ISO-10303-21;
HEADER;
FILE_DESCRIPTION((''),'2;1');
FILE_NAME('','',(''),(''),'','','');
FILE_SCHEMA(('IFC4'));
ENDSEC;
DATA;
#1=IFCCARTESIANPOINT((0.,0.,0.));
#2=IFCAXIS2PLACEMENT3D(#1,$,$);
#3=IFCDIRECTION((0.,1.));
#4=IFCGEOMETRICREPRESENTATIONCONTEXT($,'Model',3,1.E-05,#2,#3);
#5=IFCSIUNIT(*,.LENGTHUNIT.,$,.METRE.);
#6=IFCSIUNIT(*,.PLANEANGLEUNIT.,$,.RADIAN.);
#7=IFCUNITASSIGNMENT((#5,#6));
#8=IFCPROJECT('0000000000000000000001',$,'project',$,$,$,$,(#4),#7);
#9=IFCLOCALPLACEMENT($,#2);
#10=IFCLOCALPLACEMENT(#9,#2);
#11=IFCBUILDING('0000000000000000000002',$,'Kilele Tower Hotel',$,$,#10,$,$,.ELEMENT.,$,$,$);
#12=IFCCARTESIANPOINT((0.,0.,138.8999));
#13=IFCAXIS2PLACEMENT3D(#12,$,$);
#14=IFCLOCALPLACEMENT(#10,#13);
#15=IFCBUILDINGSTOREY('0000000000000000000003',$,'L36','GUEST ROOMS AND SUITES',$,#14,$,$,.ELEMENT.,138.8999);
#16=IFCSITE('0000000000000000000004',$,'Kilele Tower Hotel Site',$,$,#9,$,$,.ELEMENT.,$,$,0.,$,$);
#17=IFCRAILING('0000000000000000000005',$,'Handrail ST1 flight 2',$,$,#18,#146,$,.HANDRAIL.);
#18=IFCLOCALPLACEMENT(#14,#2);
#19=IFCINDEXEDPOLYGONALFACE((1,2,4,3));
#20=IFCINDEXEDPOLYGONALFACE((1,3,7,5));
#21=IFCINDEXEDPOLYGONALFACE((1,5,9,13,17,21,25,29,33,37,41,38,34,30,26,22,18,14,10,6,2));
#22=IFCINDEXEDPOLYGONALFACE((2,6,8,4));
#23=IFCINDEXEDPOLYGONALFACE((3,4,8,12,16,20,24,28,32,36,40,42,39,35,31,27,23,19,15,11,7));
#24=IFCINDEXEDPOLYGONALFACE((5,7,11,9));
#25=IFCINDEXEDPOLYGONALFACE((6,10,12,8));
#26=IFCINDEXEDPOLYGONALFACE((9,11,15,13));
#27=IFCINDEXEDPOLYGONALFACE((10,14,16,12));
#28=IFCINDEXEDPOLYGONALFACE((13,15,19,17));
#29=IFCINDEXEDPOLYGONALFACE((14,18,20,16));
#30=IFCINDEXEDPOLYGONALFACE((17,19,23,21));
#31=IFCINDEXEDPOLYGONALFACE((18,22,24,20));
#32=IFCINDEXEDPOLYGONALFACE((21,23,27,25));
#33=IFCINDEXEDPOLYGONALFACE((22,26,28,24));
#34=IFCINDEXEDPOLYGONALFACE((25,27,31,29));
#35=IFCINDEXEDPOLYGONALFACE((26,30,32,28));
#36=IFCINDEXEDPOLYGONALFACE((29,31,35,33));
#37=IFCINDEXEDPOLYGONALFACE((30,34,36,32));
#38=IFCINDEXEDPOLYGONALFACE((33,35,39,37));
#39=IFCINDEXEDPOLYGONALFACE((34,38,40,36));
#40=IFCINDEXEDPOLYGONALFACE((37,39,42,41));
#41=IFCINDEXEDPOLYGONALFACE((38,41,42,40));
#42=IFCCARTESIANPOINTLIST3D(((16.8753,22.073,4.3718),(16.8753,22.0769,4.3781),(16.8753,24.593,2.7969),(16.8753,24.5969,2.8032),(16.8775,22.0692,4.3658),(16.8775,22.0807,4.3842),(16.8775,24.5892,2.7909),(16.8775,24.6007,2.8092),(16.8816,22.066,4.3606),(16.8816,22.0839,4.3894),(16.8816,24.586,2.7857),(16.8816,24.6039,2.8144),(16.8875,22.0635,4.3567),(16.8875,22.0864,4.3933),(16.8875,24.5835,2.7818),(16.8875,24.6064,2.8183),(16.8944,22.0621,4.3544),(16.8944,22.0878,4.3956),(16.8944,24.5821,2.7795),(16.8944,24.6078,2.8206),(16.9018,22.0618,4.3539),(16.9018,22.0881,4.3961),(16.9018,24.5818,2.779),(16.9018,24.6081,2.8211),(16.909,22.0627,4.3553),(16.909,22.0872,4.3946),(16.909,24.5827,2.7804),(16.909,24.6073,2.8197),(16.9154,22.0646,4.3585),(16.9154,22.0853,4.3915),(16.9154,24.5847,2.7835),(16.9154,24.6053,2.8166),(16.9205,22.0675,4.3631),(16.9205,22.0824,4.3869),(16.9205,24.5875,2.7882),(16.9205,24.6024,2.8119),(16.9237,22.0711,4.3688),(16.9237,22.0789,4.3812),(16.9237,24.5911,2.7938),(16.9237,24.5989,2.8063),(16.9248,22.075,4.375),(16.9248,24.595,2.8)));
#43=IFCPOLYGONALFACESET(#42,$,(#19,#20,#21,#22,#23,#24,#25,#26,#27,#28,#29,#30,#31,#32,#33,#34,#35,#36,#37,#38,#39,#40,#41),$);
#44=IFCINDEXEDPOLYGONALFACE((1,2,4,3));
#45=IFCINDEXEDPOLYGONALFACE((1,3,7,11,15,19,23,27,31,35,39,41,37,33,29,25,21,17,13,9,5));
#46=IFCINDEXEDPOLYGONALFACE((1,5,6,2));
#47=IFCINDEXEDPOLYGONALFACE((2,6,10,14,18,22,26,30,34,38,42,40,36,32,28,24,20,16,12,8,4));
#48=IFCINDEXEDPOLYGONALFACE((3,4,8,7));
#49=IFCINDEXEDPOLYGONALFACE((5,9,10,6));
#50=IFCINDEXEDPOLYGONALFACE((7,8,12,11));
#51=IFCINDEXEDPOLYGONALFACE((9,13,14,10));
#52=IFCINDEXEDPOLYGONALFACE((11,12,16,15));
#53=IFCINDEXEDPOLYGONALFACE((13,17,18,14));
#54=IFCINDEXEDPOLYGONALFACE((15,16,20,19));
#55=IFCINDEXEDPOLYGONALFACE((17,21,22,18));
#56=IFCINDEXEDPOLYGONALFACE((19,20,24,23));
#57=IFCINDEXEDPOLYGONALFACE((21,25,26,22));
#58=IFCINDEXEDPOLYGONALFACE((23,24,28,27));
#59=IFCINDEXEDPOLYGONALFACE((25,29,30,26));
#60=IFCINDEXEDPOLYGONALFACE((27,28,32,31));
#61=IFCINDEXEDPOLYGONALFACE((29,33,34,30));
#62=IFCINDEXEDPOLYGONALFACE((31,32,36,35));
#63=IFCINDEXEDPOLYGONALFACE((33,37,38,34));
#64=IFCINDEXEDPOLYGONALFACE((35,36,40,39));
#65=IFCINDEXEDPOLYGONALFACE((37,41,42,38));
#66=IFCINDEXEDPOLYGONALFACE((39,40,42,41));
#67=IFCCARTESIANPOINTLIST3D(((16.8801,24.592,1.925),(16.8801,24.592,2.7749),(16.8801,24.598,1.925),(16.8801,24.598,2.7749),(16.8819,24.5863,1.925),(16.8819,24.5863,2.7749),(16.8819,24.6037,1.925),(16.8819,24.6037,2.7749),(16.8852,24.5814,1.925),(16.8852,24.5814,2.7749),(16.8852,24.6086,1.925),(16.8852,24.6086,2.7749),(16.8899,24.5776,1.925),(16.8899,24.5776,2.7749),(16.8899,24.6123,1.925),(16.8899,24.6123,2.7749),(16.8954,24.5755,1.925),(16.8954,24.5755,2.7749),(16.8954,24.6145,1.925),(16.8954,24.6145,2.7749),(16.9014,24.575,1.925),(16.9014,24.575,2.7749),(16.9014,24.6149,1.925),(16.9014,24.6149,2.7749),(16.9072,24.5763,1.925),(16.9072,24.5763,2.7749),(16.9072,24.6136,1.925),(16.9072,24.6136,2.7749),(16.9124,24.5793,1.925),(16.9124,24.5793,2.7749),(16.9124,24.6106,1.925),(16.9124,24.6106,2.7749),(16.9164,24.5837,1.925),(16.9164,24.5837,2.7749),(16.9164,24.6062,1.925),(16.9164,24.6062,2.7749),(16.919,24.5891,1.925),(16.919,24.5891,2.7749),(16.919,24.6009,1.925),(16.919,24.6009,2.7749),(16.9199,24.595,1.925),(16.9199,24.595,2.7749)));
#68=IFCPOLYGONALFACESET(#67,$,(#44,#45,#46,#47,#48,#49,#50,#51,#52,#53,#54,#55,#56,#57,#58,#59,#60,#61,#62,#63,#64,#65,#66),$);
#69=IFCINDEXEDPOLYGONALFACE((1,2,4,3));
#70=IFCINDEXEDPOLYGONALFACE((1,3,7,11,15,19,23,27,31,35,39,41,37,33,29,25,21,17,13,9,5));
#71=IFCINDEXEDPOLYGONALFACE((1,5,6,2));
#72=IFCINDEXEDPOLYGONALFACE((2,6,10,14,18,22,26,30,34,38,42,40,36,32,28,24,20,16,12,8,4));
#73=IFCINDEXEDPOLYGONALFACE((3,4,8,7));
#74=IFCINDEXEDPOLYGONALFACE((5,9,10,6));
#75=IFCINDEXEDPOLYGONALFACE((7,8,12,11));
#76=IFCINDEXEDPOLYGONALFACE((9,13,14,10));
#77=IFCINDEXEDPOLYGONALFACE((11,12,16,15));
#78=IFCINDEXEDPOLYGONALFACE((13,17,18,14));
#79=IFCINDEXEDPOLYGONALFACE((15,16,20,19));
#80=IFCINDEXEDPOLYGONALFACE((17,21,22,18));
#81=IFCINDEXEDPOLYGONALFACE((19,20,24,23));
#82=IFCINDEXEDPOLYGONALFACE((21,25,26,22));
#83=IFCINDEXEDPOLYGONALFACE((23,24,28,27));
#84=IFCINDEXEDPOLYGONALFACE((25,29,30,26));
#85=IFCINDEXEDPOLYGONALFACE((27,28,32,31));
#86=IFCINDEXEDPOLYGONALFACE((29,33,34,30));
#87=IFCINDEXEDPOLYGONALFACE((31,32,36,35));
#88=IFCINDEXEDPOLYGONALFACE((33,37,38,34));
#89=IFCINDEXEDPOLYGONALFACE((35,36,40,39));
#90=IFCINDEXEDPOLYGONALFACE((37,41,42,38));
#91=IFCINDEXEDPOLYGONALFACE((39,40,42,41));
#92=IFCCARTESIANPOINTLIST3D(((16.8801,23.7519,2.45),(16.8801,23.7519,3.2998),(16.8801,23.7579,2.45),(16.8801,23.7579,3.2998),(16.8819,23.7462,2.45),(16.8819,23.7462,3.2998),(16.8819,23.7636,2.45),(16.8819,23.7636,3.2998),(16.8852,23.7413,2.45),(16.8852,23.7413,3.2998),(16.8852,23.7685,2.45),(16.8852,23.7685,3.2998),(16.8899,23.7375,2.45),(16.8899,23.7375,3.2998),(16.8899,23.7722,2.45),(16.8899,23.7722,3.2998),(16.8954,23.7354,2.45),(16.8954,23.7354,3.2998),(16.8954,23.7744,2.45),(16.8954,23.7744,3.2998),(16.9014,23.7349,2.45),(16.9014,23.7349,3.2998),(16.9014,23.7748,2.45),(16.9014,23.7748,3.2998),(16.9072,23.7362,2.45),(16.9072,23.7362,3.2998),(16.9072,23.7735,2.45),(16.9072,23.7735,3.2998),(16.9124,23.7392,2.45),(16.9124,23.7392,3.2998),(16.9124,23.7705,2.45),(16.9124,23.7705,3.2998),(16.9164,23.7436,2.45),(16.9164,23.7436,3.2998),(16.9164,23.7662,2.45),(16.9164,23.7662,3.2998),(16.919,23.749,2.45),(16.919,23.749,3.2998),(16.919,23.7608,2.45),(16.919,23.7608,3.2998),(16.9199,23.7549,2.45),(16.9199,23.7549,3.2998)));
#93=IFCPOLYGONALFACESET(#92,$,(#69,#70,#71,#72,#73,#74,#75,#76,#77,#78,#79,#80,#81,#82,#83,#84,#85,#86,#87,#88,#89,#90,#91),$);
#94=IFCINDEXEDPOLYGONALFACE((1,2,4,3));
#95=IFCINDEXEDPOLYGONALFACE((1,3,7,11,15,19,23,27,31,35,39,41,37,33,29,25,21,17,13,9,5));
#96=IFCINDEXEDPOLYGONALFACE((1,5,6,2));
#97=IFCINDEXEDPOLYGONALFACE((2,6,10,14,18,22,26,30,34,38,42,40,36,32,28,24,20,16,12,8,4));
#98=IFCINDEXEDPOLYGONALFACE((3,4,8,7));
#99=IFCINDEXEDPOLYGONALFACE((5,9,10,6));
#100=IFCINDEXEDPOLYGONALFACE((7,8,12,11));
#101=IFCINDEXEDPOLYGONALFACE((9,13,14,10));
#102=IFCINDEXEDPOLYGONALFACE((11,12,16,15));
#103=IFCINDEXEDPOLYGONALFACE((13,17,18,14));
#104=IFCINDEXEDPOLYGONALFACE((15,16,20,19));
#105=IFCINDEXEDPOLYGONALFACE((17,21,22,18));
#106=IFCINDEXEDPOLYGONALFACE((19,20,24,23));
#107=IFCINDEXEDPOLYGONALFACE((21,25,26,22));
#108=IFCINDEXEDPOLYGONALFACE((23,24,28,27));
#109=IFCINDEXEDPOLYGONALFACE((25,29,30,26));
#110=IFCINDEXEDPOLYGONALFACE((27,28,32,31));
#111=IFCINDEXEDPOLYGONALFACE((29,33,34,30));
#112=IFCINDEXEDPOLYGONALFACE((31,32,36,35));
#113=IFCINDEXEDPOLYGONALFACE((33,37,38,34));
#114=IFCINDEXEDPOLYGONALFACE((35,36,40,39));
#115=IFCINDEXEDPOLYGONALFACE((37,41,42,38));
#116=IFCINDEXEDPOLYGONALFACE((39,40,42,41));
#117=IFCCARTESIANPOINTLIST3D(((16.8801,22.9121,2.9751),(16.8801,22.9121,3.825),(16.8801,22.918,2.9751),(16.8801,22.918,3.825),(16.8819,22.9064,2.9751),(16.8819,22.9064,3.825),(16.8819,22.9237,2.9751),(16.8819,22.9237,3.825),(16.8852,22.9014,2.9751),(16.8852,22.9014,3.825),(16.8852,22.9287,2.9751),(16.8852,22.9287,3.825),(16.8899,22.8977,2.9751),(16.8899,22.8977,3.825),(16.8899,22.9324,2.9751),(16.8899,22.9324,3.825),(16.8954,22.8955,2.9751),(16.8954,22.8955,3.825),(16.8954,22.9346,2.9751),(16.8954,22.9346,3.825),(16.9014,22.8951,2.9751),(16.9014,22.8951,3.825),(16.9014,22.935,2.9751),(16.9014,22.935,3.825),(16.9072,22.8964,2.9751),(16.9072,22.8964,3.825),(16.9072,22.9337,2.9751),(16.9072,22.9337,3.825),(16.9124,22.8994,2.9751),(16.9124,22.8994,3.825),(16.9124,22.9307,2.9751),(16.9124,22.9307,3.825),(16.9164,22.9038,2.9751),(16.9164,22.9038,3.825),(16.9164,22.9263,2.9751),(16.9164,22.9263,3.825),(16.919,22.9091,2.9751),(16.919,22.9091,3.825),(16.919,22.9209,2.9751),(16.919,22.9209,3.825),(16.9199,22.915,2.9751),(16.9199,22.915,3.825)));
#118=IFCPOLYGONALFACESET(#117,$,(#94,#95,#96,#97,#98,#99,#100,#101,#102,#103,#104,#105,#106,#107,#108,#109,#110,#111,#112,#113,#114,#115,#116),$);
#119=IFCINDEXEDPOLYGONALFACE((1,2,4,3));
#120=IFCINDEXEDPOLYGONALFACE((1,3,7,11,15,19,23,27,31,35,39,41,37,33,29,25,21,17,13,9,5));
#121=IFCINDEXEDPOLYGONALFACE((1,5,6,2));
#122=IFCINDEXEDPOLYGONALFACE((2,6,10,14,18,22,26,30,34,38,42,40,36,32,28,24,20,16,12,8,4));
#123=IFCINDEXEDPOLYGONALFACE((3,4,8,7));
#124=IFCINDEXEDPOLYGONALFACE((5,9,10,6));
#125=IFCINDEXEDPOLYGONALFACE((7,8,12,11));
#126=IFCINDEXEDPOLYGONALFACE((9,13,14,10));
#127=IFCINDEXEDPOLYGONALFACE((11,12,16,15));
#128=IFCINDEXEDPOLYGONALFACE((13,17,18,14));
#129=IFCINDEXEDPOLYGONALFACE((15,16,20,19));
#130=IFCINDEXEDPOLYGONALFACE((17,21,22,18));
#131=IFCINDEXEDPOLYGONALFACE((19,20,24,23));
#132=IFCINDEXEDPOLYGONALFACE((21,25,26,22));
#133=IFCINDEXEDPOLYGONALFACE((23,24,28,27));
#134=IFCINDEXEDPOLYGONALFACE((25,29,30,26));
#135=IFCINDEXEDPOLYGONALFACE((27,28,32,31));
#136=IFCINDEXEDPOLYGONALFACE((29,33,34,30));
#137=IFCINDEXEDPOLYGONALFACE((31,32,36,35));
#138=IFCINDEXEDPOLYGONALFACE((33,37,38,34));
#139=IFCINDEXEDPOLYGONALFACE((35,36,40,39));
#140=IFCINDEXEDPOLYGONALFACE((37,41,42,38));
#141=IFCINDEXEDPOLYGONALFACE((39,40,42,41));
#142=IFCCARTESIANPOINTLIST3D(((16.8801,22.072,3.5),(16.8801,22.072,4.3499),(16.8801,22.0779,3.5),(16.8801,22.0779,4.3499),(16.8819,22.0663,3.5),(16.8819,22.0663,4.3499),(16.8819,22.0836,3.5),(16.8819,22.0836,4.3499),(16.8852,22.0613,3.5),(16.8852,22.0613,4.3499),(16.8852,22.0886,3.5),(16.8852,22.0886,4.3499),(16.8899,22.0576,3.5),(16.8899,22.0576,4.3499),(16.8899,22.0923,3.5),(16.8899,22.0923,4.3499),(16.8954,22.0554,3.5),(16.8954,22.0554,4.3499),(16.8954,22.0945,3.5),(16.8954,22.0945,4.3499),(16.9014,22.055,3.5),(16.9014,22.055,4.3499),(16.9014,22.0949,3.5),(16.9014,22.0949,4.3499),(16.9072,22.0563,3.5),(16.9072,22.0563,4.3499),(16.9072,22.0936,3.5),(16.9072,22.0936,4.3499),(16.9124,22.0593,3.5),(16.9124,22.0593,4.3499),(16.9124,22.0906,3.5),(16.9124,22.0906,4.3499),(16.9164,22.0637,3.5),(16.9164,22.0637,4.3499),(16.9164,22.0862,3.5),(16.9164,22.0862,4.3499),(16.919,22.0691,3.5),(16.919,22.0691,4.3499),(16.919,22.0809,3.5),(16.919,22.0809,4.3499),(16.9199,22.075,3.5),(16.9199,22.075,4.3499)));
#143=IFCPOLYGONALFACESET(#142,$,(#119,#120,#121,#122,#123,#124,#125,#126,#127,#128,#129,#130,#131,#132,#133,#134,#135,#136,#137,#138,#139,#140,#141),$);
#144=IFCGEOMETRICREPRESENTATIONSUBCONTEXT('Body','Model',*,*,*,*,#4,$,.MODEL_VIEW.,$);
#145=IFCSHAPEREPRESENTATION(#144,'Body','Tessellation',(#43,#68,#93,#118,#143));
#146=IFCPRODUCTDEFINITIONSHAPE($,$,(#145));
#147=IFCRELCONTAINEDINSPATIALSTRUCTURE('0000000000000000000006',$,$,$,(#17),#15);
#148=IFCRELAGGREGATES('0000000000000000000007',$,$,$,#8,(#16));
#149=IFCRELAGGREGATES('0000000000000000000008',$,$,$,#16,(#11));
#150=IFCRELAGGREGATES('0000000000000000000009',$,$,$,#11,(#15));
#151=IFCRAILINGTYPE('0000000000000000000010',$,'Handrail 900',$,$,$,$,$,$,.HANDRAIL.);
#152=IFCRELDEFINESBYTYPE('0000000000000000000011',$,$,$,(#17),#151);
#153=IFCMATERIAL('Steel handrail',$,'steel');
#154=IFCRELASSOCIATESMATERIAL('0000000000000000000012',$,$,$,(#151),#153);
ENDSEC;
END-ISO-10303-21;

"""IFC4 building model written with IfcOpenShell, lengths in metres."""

from ifc_helpers import new_model, si_unit, direction, frame, origin, origin_2d, place, context, subcontext, project, spatial, circle, extrude, material, type_object, element, save


model = new_model("IFC4")

# Units and contexts
model_context = context("Model", 3, precision=1e-05, world=origin(), true_north=direction((0.0, 1.0)))
body_context = subcontext(model_context, "Body", "Model", "MODEL_VIEW")
ifc_project = project(units=[si_unit("LENGTHUNIT", "METRE"), si_unit("PLANEANGLEUNIT", "RADIAN")], contexts=[model_context])

# Site, building, storey
site_placement = place(None, origin())
site = spatial("IfcSite", under=ifc_project, at=site_placement, Name="Kilele Tower Hotel Site", CompositionType="ELEMENT", RefElevation=0.0)
building_placement = place(site_placement, origin())
building = spatial("IfcBuilding", under=site, at=building_placement, Name="Kilele Tower Hotel", CompositionType="ELEMENT")
storey_placement = place(building_placement, frame((0.0, 0.0, 138.8999)))
storey = spatial("IfcBuildingStorey", under=building, at=storey_placement, Name="L36", Description="GUEST ROOMS AND SUITES", CompositionType="ELEMENT", Elevation=138.8999)

# Railing
ifc_material_1 = material(Name="Steel handrail", Category="steel")
railing_type_1 = type_object("IfcRailingType", Name="Handrail 900", PredefinedType="HANDRAIL", material=ifc_material_1)
for number, where, name in (
    (1, (16.8999, 24.595, 1.925), "Handrail ST1 flight 2"),
):
    element("IfcRailing", number, at=place(storey_placement, frame(where)), inside=storey, type_object=railing_type_1, Name=name, PredefinedType="HANDRAIL", context=body_context, shape_type="SweptSolid", body=[
        extrude(circle(Radius=0.0249, at=origin_2d()), frame((0.0, 0.0, 0.875), z_axis=(0.0, -0.848008, 0.529984), x_axis=(1.0, 0.0, 0.0)), (0.0, 0.0, 1.0), 2.9717),
        extrude(circle(Radius=0.02, at=origin_2d()), origin(), (0.0, 0.0, 1.0), 0.8499),
        extrude(circle(Radius=0.02, at=origin_2d()), frame((0.0, -0.8401, 0.5249)), (0.0, 0.0, 1.0), 0.8499),
        extrude(circle(Radius=0.02, at=origin_2d()), frame((0.0, -1.6799, 1.05)), (0.0, 0.0, 1.0), 0.8499),
        extrude(circle(Radius=0.02, at=origin_2d()), frame((0.0, -2.52, 1.575)), (0.0, 0.0, 1.0), 0.8499),
    ])

save(model, "model.ifc")
